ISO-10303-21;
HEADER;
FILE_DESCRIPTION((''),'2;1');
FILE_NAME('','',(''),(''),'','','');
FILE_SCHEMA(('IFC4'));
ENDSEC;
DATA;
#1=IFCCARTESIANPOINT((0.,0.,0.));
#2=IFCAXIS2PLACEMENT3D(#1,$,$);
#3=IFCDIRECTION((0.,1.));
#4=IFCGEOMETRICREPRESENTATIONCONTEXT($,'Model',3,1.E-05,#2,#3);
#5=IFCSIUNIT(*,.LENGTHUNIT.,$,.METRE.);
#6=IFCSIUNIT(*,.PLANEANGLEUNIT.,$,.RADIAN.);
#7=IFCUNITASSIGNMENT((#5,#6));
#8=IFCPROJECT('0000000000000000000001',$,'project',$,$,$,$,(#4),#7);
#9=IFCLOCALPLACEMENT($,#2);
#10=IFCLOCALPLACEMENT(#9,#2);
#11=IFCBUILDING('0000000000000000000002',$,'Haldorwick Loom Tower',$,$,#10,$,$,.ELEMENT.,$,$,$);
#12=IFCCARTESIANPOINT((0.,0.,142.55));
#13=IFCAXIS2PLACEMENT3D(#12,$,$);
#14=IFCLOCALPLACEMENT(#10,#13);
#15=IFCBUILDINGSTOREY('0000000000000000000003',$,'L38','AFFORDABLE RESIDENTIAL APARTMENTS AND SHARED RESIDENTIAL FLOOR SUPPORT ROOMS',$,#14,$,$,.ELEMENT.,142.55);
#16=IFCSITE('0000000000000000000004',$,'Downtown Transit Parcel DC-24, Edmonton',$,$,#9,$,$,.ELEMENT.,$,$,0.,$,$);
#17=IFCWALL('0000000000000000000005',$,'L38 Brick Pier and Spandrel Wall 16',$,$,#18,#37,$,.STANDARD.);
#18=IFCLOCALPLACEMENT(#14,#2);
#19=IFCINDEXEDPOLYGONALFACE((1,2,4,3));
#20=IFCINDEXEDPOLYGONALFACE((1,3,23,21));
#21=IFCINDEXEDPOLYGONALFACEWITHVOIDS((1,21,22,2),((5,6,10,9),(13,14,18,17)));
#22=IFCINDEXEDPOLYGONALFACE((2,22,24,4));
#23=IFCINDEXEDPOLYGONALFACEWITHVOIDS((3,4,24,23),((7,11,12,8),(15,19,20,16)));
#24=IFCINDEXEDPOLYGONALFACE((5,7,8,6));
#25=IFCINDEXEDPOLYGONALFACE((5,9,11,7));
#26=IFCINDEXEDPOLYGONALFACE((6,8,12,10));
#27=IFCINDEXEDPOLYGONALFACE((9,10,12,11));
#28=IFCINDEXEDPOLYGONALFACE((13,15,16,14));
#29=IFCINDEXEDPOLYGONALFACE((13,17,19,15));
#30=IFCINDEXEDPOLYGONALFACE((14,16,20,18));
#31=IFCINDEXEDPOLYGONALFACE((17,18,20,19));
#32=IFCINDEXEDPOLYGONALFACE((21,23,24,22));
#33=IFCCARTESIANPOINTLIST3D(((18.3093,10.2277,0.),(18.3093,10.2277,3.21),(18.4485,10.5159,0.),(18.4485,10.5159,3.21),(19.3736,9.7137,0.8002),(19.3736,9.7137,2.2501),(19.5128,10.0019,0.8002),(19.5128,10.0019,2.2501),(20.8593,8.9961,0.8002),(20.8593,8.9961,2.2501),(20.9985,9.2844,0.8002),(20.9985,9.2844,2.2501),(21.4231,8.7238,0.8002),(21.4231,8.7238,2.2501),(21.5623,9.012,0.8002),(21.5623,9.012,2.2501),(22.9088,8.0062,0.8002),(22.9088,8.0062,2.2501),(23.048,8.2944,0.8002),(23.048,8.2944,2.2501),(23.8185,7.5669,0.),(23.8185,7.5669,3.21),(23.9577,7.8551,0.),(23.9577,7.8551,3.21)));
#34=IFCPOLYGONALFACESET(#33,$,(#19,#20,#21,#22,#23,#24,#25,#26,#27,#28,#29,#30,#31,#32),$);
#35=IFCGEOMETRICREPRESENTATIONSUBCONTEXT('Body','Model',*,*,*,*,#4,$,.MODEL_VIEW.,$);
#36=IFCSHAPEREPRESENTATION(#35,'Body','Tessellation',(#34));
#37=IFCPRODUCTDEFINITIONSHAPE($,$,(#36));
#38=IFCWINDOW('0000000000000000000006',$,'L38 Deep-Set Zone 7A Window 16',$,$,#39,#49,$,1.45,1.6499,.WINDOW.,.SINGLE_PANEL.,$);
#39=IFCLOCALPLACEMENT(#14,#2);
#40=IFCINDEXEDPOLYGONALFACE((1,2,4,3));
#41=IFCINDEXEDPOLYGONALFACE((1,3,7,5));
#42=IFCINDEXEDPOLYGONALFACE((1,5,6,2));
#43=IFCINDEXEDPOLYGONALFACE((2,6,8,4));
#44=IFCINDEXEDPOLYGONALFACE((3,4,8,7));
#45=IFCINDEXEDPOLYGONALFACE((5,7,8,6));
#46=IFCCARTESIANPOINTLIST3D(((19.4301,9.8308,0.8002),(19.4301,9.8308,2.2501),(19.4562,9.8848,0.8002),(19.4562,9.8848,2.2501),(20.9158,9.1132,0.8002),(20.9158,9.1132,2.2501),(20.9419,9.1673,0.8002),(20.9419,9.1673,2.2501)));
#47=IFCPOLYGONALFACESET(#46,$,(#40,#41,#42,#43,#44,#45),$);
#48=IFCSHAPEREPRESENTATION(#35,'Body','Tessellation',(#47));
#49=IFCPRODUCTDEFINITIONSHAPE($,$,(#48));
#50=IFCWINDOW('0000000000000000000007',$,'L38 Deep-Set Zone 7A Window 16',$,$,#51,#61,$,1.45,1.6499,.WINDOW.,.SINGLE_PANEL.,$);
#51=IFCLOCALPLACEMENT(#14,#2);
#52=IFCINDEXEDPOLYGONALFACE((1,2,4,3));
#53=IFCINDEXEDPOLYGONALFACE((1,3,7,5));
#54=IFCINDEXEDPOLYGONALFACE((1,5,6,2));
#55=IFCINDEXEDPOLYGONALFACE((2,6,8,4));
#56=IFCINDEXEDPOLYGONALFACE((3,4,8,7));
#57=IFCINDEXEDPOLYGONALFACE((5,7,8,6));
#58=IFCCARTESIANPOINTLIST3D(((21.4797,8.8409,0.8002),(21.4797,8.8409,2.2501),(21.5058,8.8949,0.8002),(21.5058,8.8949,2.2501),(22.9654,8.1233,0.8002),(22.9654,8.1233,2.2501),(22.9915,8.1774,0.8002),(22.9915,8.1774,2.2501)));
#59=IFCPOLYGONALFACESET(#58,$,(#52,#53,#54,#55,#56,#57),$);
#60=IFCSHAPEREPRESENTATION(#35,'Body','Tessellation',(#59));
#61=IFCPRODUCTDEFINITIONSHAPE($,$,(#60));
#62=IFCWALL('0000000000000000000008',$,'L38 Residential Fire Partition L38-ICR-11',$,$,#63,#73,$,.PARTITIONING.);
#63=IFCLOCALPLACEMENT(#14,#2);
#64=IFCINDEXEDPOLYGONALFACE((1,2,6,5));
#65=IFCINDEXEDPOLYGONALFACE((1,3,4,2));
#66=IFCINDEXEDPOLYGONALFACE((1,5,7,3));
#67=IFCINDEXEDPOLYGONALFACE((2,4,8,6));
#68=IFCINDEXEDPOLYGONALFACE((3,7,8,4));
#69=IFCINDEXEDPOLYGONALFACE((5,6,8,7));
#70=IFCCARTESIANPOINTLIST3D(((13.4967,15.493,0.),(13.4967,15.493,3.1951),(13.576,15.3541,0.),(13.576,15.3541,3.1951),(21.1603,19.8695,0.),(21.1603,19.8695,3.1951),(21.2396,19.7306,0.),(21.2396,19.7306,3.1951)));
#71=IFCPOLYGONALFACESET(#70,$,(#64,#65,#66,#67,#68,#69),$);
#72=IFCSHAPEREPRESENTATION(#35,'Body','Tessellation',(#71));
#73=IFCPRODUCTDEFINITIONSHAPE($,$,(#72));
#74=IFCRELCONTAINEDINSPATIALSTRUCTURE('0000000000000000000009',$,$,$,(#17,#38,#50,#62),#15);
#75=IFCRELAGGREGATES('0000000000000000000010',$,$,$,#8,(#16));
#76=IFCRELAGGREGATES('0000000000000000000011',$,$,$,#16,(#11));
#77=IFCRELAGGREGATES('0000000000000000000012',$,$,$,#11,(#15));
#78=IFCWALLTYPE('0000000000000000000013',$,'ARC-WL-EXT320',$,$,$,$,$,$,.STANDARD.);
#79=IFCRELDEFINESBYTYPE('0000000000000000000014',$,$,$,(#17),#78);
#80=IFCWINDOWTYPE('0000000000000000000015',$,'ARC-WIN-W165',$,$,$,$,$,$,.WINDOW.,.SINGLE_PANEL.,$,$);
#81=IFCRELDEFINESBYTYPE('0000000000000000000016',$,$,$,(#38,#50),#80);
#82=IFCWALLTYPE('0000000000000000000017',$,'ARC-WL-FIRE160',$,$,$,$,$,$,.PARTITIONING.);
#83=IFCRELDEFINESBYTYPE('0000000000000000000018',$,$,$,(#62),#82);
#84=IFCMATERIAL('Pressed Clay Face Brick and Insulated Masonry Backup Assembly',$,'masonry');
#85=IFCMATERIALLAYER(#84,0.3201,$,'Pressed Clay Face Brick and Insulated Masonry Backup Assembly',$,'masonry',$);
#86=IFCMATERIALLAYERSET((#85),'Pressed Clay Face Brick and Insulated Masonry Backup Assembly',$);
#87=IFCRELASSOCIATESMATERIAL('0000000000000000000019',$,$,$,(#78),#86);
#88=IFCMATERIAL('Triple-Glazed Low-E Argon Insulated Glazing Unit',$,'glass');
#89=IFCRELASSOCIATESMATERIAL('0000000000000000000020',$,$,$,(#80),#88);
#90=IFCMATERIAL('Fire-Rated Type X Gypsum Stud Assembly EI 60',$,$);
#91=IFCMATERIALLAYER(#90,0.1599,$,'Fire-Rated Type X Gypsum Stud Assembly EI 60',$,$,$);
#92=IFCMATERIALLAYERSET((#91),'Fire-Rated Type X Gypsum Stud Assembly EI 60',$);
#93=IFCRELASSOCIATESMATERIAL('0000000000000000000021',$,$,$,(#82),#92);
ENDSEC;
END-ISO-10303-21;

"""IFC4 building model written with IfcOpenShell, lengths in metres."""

from ifc_helpers import new_model, si_unit, direction, frame, frame_2d, origin, place, context, subcontext, project, spatial, rectangle, extrude, material, layer, layer_set, type_object, element, fill, save


model = new_model("IFC4")

# Units and contexts
model_context = context("Model", 3, precision=1e-05, world=origin(), true_north=direction((0.0, 1.0)))
body_context = subcontext(model_context, "Body", "Model", "MODEL_VIEW")
ifc_project = project(units=[si_unit("LENGTHUNIT", "METRE"), si_unit("PLANEANGLEUNIT", "RADIAN")], contexts=[model_context])

# Site, building, storey
site_placement = place(None, origin())
site = spatial("IfcSite", under=ifc_project, at=site_placement, Name="Downtown Transit Parcel DC-24, Edmonton", CompositionType="ELEMENT", RefElevation=0.0)
building_placement = place(site_placement, origin())
building = spatial("IfcBuilding", under=site, at=building_placement, Name="Haldorwick Loom Tower", CompositionType="ELEMENT")
storey_placement = place(building_placement, frame((0.0, 0.0, 142.55)))
storey = spatial("IfcBuildingStorey", under=building, at=storey_placement, Name="L38", Description="AFFORDABLE RESIDENTIAL APARTMENTS AND SHARED RESIDENTIAL FLOOR SUPPORT ROOMS", CompositionType="ELEMENT", Elevation=142.55)

# Shared definitions
ifc_material_1 = material(Name="Pressed Clay Face Brick and Insulated Masonry Backup Assembly", Category="masonry")
ifc_layer_1 = layer(ifc_material_1, 0.3201, Name="Pressed Clay Face Brick and Insulated Masonry Backup Assembly", Category="masonry")
ifc_layer_set_1 = layer_set([ifc_layer_1], Name="Pressed Clay Face Brick and Insulated Masonry Backup Assembly")
wall_type_1 = type_object("IfcWallType", Name="ARC-WL-EXT320", PredefinedType="STANDARD", material=ifc_layer_set_1)

# Wall, openings, windows
wall_1_placement = place(storey_placement, frame((18.3789, 10.3718, 0.0), z_axis=(0.0, 0.0, 1.0), x_axis=(0.900472, -0.434913, 0.0)))
wall_1 = element("IfcWall", 1, at=wall_1_placement, inside=storey, type_object=wall_type_1, Name="L38 Brick Pier and Spandrel Wall 16", PredefinedType="STANDARD", context=body_context, shape_type="SweptSolid", body=[
    extrude(rectangle(XDim=6.1182, YDim=0.3201, at=frame_2d((3.0591, 0.0))), origin(), (0.0, 0.0, 1.0), 3.21),
])
opening_1_placement = place(wall_1_placement, frame((1.1819, 0.0, 0.8)))
opening_1 = element("IfcOpeningElement", 2, at=opening_1_placement, cuts=wall_1, PredefinedType="OPENING", context=body_context, shape_type="SweptSolid", body=[
    extrude(rectangle(XDim=1.6499, YDim=1.45, at=frame_2d((0.825, 0.7251))), frame((0.0, 0.1699, 0.0), z_axis=(0.0, -1.0, 0.0), x_axis=(1.0, 0.0, 0.0)), (0.0, 0.0, 1.0), 0.3401),
])
opening_2_placement = place(wall_1_placement, frame((3.458, 0.0, 0.8)))
opening_2 = element("IfcOpeningElement", 3, at=opening_2_placement, cuts=wall_1, PredefinedType="OPENING", context=body_context, shape_type="SweptSolid", body=[
    extrude(rectangle(XDim=1.6499, YDim=1.45, at=frame_2d((0.825, 0.7251))), frame((0.0, 0.1699, 0.0), z_axis=(0.0, -1.0, 0.0), x_axis=(1.0, 0.0, 0.0)), (0.0, 0.0, 1.0), 0.3401),
])
ifc_material_2 = material(Name="Triple-Glazed Low-E Argon Insulated Glazing Unit", Category="glass")
window_type = type_object("IfcWindowType", Name="ARC-WIN-W165", PartitioningType="SINGLE_PANEL", PredefinedType="WINDOW", material=ifc_material_2)
window_1_placement = place(opening_1_placement, origin())
window_1 = element("IfcWindow", 4, at=window_1_placement, inside=storey, type_object=window_type, Name="L38 Deep-Set Zone 7A Window 16", OverallHeight=1.45, OverallWidth=1.6499, PartitioningType="SINGLE_PANEL", PredefinedType="WINDOW", context=body_context, shape_type="SweptSolid", body=[
    extrude(rectangle(XDim=1.6499, YDim=1.45, at=frame_2d((0.825, 0.7251))), frame((0.0, 0.03, 0.0), z_axis=(0.0, -1.0, 0.0), x_axis=(1.0, 0.0, 0.0)), (0.0, 0.0, 1.0), 0.0601),
])
fill(opening_1, window_1)
window_2_placement = place(opening_2_placement, origin())
window_2 = element("IfcWindow", 5, at=window_2_placement, inside=storey, type_object=window_type, Name="L38 Deep-Set Zone 7A Window 16", OverallHeight=1.45, OverallWidth=1.6499, PartitioningType="SINGLE_PANEL", PredefinedType="WINDOW", context=body_context, shape_type="SweptSolid", body=[
    extrude(rectangle(XDim=1.6499, YDim=1.45, at=frame_2d((0.825, 0.7251))), frame((0.0, 0.03, 0.0), z_axis=(0.0, -1.0, 0.0), x_axis=(1.0, 0.0, 0.0)), (0.0, 0.0, 1.0), 0.0601),
])
fill(opening_2, window_2)

# Wall
ifc_material_3 = material(Name="Fire-Rated Type X Gypsum Stud Assembly EI 60")
ifc_layer_2 = layer(ifc_material_3, 0.1599, Name="Fire-Rated Type X Gypsum Stud Assembly EI 60")
ifc_layer_set_2 = layer_set([ifc_layer_2], Name="Fire-Rated Type X Gypsum Stud Assembly EI 60")
wall_type_2 = type_object("IfcWallType", Name="ARC-WL-FIRE160", PredefinedType="PARTITIONING", material=ifc_layer_set_2)
wall_2_placement = place(storey_placement, frame((21.2, 19.8, 0.0), z_axis=(0.0, 0.0, 1.0), x_axis=(-0.868376, -0.495907, 0.0)))
element("IfcWall", 6, at=wall_2_placement, inside=storey, type_object=wall_type_2, Name="L38 Residential Fire Partition L38-ICR-11", PredefinedType="PARTITIONING", context=body_context, shape_type="SweptSolid", body=[
    extrude(rectangle(XDim=8.8252, YDim=0.1599, at=frame_2d((4.4126, 0.0))), origin(), (0.0, 0.0, 1.0), 3.1951),
])

save(model, "model.ifc")
